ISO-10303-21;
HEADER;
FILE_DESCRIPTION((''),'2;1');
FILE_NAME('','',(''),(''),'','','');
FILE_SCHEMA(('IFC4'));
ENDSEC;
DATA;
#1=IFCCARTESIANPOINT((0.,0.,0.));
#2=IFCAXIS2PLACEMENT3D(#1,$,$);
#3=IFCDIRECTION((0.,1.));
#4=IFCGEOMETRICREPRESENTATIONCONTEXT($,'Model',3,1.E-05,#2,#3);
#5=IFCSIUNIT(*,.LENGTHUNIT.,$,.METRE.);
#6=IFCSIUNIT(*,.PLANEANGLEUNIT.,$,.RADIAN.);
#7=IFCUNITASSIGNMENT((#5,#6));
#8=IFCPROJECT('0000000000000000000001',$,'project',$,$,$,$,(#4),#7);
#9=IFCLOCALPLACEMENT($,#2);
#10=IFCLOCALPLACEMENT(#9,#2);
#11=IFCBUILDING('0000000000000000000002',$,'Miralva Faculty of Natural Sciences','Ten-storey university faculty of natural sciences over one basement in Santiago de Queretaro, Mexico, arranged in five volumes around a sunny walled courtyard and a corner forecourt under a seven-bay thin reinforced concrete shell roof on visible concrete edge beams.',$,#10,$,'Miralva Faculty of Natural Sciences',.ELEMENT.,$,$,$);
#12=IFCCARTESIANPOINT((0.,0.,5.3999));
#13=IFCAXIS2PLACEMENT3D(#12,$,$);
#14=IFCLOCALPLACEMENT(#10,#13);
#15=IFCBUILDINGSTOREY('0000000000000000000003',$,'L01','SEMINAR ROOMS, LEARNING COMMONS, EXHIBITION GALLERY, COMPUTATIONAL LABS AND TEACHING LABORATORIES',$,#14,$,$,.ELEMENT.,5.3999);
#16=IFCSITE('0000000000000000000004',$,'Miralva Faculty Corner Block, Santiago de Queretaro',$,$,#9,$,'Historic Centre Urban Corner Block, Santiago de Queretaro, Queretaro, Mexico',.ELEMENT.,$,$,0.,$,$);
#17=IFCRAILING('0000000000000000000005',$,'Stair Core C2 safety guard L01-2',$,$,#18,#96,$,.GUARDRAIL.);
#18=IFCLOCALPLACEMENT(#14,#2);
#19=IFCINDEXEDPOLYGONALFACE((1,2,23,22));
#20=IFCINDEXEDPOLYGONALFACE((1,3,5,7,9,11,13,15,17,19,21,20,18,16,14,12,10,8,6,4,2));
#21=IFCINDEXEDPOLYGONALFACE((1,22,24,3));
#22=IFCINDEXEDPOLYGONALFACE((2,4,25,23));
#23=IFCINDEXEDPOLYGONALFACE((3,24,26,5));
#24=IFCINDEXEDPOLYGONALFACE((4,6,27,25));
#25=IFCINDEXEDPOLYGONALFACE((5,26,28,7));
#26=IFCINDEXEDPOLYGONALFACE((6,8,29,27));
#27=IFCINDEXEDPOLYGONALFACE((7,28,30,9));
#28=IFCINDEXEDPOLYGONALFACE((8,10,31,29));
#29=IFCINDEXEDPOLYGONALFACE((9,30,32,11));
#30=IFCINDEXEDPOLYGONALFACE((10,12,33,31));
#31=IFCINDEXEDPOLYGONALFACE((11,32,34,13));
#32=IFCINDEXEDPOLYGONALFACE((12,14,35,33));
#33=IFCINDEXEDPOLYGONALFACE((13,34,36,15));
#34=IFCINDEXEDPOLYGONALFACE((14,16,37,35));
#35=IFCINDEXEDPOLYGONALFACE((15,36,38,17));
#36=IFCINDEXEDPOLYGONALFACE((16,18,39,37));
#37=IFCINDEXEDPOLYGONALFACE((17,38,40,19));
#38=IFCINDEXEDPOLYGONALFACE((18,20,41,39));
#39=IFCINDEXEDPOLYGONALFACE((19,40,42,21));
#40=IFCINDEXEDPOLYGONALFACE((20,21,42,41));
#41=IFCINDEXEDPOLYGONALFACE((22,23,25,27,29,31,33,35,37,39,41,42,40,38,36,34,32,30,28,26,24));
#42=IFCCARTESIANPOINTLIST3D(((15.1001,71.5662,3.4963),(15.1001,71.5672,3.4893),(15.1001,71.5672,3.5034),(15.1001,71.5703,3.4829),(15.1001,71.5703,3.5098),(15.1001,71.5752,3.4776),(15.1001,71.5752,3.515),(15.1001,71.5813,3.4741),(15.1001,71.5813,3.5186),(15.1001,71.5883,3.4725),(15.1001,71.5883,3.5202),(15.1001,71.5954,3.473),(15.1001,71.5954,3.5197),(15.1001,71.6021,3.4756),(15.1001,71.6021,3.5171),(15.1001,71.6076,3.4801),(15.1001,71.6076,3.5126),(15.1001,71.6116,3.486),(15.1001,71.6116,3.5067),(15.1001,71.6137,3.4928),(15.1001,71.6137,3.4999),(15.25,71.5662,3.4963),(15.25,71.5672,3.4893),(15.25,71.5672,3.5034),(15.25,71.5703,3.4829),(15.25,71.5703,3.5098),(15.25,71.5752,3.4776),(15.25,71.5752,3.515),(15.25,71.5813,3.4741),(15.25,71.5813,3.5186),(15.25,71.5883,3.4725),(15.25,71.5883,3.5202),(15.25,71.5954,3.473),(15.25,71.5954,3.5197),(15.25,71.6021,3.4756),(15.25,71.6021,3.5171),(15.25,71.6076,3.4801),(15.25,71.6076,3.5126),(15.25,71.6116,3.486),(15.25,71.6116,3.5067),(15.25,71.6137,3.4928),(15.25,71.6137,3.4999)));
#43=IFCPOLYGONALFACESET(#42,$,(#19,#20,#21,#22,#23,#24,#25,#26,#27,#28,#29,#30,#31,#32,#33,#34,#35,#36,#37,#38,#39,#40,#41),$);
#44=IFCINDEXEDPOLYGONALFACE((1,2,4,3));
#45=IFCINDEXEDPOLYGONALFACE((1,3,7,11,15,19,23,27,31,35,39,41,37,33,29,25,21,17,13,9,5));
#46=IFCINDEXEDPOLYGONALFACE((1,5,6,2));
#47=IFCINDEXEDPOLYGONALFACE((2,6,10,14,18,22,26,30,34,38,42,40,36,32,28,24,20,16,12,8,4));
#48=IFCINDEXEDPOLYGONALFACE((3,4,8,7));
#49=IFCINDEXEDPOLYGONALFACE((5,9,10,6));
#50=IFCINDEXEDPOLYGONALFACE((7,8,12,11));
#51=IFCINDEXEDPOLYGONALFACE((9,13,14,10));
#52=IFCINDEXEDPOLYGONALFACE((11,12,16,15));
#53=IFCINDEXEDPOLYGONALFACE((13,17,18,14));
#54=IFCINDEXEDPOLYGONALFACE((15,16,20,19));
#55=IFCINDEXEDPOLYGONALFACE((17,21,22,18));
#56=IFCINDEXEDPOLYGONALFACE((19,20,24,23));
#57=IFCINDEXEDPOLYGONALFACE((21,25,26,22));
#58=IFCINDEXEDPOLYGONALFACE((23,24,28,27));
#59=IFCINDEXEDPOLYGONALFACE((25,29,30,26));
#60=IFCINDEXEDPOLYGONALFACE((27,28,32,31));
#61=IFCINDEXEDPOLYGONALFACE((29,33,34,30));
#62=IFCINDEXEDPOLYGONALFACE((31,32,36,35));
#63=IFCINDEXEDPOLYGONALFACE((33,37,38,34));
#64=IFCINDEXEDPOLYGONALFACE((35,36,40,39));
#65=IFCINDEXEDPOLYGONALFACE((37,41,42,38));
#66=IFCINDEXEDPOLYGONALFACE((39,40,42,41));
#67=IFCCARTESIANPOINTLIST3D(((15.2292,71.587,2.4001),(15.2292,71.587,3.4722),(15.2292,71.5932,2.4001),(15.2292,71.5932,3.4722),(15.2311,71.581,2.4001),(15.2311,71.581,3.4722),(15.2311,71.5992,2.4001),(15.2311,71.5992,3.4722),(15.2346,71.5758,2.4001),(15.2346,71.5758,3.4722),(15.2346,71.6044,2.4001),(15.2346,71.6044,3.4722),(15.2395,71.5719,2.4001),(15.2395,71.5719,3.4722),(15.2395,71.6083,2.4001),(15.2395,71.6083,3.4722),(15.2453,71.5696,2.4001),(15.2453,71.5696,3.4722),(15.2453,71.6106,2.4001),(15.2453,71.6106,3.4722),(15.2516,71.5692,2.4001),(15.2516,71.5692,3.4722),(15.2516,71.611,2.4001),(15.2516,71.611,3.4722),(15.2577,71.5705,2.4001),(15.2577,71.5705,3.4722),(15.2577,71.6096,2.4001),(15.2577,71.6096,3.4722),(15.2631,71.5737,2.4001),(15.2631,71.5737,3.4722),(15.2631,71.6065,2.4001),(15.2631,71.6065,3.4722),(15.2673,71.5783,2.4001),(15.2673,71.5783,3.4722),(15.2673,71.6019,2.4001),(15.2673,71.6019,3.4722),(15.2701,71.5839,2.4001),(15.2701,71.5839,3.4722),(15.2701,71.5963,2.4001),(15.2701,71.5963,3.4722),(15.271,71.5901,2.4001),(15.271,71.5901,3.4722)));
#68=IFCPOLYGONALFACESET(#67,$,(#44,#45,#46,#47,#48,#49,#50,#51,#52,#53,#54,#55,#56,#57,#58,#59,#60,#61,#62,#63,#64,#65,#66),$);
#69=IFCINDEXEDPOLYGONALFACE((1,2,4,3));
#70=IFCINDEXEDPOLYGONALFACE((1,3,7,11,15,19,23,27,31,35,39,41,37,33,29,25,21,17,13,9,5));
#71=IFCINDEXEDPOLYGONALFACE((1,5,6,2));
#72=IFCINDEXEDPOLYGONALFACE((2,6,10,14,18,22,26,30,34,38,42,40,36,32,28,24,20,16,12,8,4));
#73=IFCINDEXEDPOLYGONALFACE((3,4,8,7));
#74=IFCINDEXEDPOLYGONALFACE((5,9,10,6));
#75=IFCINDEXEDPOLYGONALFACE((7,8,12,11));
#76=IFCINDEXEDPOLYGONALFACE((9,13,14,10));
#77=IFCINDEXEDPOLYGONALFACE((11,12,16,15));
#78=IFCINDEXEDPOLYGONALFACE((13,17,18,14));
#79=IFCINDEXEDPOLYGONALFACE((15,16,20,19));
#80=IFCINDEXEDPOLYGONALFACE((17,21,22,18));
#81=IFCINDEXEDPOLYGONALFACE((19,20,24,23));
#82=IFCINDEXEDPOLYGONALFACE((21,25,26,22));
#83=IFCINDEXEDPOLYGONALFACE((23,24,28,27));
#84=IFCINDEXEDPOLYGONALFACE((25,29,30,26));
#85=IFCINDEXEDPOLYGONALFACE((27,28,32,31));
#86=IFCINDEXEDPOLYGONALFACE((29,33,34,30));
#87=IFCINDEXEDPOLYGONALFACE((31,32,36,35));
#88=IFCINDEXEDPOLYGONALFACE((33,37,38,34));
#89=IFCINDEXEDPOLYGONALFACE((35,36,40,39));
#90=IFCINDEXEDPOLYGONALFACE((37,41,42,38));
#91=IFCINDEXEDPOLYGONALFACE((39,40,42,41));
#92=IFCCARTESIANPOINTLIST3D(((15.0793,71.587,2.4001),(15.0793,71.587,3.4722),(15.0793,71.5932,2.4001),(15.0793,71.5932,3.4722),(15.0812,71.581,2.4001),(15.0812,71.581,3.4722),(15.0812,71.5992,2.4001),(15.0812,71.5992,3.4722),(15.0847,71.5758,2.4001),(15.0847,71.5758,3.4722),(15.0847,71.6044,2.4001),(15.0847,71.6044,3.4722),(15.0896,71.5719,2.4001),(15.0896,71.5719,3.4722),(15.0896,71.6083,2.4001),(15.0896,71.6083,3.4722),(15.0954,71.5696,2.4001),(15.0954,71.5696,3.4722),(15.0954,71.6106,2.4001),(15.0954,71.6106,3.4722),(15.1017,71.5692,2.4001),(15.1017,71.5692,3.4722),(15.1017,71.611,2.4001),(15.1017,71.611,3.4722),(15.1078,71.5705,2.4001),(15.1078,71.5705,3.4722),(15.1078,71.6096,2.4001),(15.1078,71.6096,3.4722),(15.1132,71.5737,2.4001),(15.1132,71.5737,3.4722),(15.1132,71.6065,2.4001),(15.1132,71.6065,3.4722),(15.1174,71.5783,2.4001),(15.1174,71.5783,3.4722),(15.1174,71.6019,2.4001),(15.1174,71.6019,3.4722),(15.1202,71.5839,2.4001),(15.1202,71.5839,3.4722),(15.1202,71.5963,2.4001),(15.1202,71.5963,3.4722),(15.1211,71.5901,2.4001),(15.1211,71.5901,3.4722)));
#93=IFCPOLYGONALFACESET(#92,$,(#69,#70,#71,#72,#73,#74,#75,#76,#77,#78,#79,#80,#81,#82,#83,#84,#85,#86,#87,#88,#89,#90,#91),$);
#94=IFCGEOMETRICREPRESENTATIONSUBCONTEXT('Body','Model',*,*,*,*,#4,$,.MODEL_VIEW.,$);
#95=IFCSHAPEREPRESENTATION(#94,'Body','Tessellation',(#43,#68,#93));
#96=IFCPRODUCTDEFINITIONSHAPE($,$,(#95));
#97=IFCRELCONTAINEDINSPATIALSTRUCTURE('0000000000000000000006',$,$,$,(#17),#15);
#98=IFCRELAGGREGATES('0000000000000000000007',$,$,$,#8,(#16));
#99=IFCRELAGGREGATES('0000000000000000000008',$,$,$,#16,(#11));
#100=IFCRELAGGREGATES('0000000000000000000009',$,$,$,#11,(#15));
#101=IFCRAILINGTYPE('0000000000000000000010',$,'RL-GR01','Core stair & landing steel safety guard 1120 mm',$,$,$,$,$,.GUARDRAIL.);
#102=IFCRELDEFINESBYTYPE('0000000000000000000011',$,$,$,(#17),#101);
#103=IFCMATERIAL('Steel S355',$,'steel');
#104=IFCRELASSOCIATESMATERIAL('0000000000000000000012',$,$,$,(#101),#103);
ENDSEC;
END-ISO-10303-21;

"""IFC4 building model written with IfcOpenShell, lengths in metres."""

from ifc_helpers import new_model, si_unit, direction, frame, origin, origin_2d, place, context, subcontext, project, spatial, circle, extrude, material, type_object, element, save


model = new_model("IFC4")

# Units and contexts
model_context = context("Model", 3, precision=1e-05, world=origin(), true_north=direction((0.0, 1.0)))
body_context = subcontext(model_context, "Body", "Model", "MODEL_VIEW")
ifc_project = project(units=[si_unit("LENGTHUNIT", "METRE"), si_unit("PLANEANGLEUNIT", "RADIAN")], contexts=[model_context])

# Site, building, storey
site_placement = place(None, origin())
site = spatial("IfcSite", under=ifc_project, at=site_placement, Name="Miralva Faculty Corner Block, Santiago de Queretaro", LongName="Historic Centre Urban Corner Block, Santiago de Queretaro, Queretaro, Mexico", CompositionType="ELEMENT", RefElevation=0.0)
building_placement = place(site_placement, origin())
building = spatial("IfcBuilding", under=site, at=building_placement, Name="Miralva Faculty of Natural Sciences", Description="Ten-storey university faculty of natural sciences over one basement in Santiago de Queretaro, Mexico, arranged in five volumes around a sunny walled courtyard and a corner forecourt under a seven-bay thin reinforced concrete shell roof on visible concrete edge beams.", LongName="Miralva Faculty of Natural Sciences", CompositionType="ELEMENT")
storey_placement = place(building_placement, frame((0.0, 0.0, 5.3999)))
storey = spatial("IfcBuildingStorey", under=building, at=storey_placement, Name="L01", Description="SEMINAR ROOMS, LEARNING COMMONS, EXHIBITION GALLERY, COMPUTATIONAL LABS AND TEACHING LABORATORIES", CompositionType="ELEMENT", Elevation=5.3999)

# Railing
ifc_material_1 = material(Name="Steel S355", Category="steel")
railing_type_1 = type_object("IfcRailingType", Name="RL-GR01", Description="Core stair & landing steel safety guard 1120 mm", PredefinedType="GUARDRAIL", material=ifc_material_1)
railing_1_placement = place(storey_placement, frame((15.25, 71.5901, 2.4001)))
element("IfcRailing", 1, at=railing_1_placement, inside=storey, type_object=railing_type_1, Name="Stair Core C2 safety guard L01-2", PredefinedType="GUARDRAIL", context=body_context, shape_type="SweptSolid", body=[
    extrude(circle(Radius=0.0239, at=origin_2d()), frame((0.0, 0.0, 1.0962), z_axis=(-1.0, 0.0, 0.0), x_axis=(0.0, -1.0, 0.0)), (0.0, 0.0, 1.0), 0.1499),
    extrude(circle(Radius=0.021, at=origin_2d()), origin(), (0.0, 0.0, 1.0), 1.072),
    extrude(circle(Radius=0.021, at=origin_2d()), frame((-0.1499, 0.0, 0.0)), (0.0, 0.0, 1.0), 1.072),
])

save(model, "model.ifc")
